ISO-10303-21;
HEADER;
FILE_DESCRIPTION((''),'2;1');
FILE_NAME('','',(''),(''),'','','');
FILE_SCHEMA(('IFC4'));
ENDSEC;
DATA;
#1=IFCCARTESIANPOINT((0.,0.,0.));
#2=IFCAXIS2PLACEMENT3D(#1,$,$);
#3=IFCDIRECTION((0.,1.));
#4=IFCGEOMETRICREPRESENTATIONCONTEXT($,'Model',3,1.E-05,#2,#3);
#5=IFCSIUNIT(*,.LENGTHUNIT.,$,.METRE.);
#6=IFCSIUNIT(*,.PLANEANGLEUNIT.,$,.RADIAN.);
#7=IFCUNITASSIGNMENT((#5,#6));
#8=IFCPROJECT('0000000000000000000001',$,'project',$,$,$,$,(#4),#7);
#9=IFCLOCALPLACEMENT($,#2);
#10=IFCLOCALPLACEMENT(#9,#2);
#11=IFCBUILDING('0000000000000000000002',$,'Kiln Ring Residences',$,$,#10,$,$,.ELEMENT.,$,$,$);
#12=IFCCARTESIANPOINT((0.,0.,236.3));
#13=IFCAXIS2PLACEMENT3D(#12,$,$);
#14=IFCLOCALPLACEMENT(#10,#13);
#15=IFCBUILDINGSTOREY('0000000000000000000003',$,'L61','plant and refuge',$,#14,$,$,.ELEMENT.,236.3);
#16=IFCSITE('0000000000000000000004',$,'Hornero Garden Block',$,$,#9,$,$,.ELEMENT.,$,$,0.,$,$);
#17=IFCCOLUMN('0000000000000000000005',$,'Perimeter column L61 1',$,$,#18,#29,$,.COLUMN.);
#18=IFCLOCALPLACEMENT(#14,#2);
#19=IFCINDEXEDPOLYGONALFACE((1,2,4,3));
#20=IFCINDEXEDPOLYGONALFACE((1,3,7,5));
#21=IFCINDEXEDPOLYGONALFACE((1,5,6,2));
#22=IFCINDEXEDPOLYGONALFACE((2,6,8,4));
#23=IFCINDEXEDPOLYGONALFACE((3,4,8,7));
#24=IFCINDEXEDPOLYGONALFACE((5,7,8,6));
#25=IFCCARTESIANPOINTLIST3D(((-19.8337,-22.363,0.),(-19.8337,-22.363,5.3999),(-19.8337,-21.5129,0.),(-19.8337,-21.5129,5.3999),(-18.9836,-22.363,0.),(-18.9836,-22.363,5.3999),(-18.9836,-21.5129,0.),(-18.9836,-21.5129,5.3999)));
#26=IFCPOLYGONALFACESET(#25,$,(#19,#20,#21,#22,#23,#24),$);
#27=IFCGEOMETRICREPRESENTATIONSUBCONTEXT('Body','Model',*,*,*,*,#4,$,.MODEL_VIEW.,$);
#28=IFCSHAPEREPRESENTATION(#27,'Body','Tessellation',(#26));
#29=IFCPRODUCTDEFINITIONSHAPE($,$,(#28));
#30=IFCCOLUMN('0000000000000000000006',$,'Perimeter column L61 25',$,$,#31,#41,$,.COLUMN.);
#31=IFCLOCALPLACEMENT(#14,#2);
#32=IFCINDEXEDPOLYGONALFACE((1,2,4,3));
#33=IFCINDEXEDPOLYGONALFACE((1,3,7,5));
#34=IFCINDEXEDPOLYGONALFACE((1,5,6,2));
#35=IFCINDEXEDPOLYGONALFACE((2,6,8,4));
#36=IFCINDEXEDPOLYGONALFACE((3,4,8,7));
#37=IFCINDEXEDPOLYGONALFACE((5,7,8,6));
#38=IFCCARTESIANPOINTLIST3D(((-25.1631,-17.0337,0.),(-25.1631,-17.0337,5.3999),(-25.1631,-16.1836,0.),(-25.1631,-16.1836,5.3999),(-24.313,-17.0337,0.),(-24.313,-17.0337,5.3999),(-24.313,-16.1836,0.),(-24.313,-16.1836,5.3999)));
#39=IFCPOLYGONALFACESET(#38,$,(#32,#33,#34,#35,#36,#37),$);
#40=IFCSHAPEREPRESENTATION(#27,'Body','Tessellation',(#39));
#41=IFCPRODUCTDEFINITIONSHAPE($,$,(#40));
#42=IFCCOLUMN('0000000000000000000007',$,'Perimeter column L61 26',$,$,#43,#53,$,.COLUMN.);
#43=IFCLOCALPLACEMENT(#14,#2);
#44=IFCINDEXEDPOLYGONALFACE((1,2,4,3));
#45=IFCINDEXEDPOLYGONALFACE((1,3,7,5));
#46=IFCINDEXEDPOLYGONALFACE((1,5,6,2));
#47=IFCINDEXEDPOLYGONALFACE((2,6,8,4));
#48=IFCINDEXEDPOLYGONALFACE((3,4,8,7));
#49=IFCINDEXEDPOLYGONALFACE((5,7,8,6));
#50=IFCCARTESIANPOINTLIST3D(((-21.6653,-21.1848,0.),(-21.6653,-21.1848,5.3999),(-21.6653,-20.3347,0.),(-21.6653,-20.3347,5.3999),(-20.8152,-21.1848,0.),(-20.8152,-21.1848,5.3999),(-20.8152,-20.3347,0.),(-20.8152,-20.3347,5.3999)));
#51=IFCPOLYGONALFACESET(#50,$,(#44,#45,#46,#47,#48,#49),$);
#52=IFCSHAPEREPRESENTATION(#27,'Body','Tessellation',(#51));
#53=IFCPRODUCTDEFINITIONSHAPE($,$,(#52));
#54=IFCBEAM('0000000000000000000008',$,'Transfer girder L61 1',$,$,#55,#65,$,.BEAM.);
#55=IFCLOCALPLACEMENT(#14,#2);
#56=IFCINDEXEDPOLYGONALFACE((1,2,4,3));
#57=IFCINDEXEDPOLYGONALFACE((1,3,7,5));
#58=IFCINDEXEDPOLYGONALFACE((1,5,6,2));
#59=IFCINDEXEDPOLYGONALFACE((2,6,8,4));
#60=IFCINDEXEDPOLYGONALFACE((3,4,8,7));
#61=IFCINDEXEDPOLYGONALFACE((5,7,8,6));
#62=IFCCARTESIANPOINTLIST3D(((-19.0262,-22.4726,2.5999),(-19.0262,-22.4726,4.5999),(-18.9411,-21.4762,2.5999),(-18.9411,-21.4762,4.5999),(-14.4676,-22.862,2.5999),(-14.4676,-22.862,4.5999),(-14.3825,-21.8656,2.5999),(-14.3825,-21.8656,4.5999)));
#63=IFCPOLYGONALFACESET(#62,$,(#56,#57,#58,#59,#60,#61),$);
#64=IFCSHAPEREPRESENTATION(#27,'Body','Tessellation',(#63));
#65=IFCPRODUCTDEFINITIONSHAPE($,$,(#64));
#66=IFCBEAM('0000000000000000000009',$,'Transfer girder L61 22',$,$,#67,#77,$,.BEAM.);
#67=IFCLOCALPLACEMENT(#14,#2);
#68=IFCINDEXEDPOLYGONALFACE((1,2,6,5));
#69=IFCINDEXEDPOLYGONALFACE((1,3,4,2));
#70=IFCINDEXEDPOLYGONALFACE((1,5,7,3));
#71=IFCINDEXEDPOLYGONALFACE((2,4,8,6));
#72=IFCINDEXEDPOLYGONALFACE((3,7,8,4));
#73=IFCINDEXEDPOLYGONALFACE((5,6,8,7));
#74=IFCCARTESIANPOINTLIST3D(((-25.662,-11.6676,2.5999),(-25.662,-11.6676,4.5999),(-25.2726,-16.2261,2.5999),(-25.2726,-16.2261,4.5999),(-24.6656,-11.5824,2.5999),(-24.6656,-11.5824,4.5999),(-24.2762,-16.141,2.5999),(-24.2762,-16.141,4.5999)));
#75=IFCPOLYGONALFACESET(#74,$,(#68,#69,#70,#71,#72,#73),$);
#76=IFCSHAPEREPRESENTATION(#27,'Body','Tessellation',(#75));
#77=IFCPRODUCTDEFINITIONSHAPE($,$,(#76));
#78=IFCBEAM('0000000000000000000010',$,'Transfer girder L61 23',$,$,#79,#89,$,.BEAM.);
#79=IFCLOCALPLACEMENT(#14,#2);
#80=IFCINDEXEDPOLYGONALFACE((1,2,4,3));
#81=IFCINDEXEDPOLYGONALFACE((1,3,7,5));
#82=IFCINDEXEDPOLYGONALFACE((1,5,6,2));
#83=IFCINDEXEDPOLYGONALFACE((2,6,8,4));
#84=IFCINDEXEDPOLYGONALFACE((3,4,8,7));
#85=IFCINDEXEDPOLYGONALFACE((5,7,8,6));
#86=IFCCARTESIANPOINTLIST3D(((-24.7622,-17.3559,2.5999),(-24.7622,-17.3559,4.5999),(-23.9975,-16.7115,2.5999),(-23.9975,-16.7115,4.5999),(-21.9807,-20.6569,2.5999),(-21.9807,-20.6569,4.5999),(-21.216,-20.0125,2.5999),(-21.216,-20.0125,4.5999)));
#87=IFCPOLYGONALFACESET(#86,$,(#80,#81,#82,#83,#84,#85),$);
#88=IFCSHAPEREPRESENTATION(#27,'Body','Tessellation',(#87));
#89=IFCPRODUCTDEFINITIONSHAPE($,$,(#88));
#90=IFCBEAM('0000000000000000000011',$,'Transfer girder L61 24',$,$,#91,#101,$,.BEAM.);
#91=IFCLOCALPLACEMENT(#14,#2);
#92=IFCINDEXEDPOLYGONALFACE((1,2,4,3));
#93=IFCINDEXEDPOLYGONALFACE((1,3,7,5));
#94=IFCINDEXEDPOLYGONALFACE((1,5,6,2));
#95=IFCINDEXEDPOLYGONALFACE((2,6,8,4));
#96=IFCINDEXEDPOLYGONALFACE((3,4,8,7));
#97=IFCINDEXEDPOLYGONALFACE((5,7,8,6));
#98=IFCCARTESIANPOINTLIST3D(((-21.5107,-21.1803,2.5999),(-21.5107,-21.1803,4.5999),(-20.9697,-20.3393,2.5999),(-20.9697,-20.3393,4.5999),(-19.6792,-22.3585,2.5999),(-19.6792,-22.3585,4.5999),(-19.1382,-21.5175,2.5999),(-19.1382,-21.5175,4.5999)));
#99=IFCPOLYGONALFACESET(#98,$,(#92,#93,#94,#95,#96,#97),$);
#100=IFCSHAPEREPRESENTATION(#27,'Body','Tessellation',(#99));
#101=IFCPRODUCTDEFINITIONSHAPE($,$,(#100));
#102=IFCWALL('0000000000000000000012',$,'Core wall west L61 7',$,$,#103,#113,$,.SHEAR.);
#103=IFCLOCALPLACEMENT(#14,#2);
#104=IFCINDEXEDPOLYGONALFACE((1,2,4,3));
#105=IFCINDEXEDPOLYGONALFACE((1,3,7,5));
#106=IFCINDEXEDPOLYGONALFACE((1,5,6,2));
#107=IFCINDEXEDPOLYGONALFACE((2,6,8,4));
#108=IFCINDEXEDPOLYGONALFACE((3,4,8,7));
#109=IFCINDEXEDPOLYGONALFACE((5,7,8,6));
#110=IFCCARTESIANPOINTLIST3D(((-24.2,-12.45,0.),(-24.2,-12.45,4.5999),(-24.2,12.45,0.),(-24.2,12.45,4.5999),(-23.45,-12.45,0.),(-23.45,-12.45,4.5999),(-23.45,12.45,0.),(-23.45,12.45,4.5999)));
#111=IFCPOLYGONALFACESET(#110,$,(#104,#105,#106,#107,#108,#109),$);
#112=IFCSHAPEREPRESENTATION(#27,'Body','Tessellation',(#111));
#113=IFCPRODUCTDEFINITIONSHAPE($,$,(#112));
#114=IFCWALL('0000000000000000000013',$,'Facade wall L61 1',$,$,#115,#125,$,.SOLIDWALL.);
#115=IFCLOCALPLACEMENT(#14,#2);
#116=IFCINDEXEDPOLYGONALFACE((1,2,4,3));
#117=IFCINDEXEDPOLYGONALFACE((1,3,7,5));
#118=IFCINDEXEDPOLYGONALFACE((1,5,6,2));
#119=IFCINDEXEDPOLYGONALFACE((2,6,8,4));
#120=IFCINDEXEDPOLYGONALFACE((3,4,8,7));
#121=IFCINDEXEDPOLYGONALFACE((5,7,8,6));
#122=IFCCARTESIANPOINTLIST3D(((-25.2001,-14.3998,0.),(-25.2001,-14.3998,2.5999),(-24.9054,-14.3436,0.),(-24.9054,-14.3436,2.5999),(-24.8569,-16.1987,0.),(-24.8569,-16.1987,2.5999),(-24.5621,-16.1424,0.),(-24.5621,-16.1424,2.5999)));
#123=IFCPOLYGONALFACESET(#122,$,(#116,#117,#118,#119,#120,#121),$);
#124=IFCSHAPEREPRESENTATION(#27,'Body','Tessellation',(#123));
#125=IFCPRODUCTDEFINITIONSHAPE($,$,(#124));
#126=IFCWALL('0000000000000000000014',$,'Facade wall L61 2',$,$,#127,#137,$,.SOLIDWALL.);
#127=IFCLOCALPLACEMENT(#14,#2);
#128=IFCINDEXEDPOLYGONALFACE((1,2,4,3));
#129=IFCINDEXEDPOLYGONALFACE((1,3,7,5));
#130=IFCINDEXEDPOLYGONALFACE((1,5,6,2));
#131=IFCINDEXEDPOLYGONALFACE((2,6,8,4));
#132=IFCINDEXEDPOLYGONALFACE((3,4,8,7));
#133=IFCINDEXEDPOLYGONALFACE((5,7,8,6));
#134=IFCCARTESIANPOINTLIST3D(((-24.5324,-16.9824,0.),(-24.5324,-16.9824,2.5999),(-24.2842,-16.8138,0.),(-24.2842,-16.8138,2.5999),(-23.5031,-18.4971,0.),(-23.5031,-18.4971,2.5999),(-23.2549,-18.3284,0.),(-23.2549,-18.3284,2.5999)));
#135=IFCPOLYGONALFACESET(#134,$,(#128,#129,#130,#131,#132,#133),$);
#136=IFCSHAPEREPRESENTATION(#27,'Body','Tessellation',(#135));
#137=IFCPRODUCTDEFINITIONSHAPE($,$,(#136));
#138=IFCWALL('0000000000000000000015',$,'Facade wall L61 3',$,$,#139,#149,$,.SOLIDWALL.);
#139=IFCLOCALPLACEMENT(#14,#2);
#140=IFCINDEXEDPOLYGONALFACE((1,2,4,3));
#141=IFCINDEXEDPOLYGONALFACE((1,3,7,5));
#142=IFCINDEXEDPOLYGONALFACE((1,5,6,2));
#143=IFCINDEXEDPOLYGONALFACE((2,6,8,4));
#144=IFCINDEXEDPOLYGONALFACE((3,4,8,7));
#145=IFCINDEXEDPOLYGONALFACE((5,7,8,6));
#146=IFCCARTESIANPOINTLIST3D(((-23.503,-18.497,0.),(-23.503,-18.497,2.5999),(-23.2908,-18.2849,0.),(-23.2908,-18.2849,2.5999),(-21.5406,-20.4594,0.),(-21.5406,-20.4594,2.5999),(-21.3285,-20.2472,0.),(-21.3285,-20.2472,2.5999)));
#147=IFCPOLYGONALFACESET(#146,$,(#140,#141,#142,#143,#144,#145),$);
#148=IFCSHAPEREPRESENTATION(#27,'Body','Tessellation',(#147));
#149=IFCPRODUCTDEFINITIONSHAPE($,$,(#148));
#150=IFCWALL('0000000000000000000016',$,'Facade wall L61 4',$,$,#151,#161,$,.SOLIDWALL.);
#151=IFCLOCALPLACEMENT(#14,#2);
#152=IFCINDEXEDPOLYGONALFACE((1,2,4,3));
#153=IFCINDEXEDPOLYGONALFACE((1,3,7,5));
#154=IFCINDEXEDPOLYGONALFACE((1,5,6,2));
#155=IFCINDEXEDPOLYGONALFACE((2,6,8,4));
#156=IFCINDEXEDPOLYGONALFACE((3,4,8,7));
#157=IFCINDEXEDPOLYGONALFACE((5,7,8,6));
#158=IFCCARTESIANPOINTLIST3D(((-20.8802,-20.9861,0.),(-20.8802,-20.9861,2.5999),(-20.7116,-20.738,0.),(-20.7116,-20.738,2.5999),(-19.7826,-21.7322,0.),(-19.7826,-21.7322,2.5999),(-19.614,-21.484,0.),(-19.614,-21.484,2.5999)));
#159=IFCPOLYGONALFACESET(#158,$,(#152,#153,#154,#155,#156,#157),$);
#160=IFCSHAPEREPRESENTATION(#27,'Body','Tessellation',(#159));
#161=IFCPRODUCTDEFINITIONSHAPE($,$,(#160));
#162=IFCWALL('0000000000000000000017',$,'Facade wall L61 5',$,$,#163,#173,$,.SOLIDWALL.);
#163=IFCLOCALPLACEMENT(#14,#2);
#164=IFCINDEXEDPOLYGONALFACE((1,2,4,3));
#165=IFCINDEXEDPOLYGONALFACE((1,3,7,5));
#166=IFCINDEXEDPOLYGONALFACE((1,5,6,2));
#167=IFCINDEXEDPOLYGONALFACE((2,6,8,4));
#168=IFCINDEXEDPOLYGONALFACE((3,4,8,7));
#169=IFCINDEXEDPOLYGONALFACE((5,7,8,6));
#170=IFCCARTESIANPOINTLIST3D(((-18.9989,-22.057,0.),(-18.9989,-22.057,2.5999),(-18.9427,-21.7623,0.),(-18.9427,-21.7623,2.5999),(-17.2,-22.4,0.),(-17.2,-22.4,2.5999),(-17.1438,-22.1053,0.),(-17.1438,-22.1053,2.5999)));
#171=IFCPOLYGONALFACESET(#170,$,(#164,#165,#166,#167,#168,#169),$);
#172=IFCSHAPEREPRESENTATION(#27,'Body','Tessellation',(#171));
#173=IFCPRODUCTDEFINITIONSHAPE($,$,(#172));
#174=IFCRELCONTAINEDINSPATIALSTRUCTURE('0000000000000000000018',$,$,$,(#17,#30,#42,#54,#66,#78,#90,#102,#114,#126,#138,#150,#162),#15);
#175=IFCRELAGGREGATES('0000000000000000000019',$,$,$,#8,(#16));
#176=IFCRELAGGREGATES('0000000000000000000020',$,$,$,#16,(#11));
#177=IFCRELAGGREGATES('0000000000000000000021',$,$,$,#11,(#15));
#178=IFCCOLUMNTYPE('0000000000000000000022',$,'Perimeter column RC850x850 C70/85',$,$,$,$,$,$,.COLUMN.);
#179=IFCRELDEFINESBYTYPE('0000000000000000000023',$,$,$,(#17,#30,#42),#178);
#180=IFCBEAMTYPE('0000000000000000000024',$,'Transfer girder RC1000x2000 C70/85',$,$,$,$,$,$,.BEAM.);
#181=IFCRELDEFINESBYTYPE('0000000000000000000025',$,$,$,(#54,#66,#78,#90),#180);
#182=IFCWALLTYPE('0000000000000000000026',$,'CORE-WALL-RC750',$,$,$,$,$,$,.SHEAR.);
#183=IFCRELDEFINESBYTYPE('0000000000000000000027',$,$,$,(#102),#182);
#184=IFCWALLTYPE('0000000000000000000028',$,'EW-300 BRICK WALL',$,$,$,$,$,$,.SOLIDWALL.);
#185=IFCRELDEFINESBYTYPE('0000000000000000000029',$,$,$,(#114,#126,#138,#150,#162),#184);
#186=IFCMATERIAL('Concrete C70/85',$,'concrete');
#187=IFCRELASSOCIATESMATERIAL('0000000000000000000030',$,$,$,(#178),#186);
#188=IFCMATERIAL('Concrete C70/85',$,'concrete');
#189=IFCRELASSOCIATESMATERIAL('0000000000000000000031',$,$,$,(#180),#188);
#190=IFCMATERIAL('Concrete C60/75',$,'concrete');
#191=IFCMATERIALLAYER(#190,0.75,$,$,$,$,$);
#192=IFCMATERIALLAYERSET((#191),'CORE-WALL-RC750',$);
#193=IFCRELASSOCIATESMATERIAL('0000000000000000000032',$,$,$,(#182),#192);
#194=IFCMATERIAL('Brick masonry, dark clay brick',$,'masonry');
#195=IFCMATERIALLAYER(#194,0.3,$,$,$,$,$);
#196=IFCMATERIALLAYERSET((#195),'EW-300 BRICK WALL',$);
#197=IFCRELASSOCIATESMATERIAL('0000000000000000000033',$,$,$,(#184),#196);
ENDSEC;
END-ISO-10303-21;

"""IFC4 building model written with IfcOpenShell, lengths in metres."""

from ifc_helpers import new_model, si_unit, direction, frame, frame_2d, origin, origin_2d, place, context, subcontext, project, spatial, rectangle, extrude, material, layer, layer_set, material_profile, profile_set, type_object, element, save


model = new_model("IFC4")

# Units and contexts
model_context = context("Model", 3, precision=1e-05, world=origin(), true_north=direction((0.0, 1.0)))
body_context = subcontext(model_context, "Body", "Model", "MODEL_VIEW")
ifc_project = project(units=[si_unit("LENGTHUNIT", "METRE"), si_unit("PLANEANGLEUNIT", "RADIAN")], contexts=[model_context])

# Site, building, storey
site_placement = place(None, origin())
site = spatial("IfcSite", under=ifc_project, at=site_placement, Name="Hornero Garden Block", CompositionType="ELEMENT", RefElevation=0.0)
building_placement = place(site_placement, origin())
building = spatial("IfcBuilding", under=site, at=building_placement, Name="Kiln Ring Residences", CompositionType="ELEMENT")
storey_placement = place(building_placement, frame((0.0, 0.0, 236.3)))
storey = spatial("IfcBuildingStorey", under=building, at=storey_placement, Name="L61", Description="plant and refuge", CompositionType="ELEMENT", Elevation=236.3)

# Columns
ifc_material_1 = material(Name="Concrete C70/85", Category="concrete")
ifc_material_profile_1 = material_profile(ifc_material_1, rectangle(XDim=0.8501, YDim=0.8501, at=origin_2d()), Name="RC850x850")
ifc_profile_set_1 = profile_set([ifc_material_profile_1], Name="Concrete C70/85")
column_type = type_object("IfcColumnType", Name="Perimeter column RC850x850 C70/85", PredefinedType="COLUMN", material=ifc_profile_set_1)
for number, where, z_axis, x_axis, name in (
    (1, (-19.4087, -21.938, 0.0), (0.0, 0.0, 1.0), (1.0, 0.0, 0.0), "Perimeter column L61 1"),
    (2, (-24.738, -16.6086, 0.0), (0.0, 0.0, 1.0), (1.0, 0.0, 0.0), "Perimeter column L61 25"),
    (3, (-21.2402, -20.7598, 0.0), (0.0, 0.0, 1.0), (1.0, 0.0, 0.0), "Perimeter column L61 26"),
):
    element("IfcColumn", number, at=place(storey_placement, frame(where, z_axis=z_axis, x_axis=x_axis)), inside=storey, type_object=column_type, Name=name, PredefinedType="COLUMN", context=body_context, shape_type="SweptSolid", body=[
        extrude(rectangle(XDim=0.8501, YDim=0.8501, at=origin_2d()), origin(), (0.0, 0.0, 1.0), 5.3999),
    ])

# Beams
ifc_material_2 = material(Name="Concrete C70/85", Category="concrete")
ifc_material_profile_2 = material_profile(ifc_material_2, rectangle(XDim=1.0, YDim=2.0, at=origin_2d()), Name="RC1000x2000")
ifc_profile_set_2 = profile_set([ifc_material_profile_2], Name="Concrete C70/85")
beam_type = type_object("IfcBeamType", Name="Transfer girder RC1000x2000 C70/85", PredefinedType="BEAM", material=ifc_profile_set_2)
for number, where, z_axis, x_axis, name in (
    (4, (-18.9836, -21.9744, 3.5999), (0.996371, -0.085112, 0.0), (0.085112, 0.996371, 0.0), "Transfer girder L61 1"),
    (5, (-25.1638, -11.625, 3.5999), (0.085112, -0.996371, 0.0), (0.996371, 0.085112, 0.0), "Transfer girder L61 22"),
):
    element("IfcBeam", number, at=place(storey_placement, frame(where, z_axis=z_axis, x_axis=x_axis)), inside=storey, type_object=beam_type, Name=name, PredefinedType="BEAM", context=body_context, shape_type="SweptSolid", body=[
        extrude(rectangle(XDim=1.0, YDim=2.0, at=origin_2d()), origin(), (0.0, 0.0, 1.0), 4.5752),
    ])
beam_1_placement = place(storey_placement, frame((-24.3799, -17.0337, 3.5999), z_axis=(0.644364, -0.764719, 0.0), x_axis=(0.764719, 0.644364, 0.0)))
element("IfcBeam", 6, at=beam_1_placement, inside=storey, type_object=beam_type, Name="Transfer girder L61 23", PredefinedType="BEAM", context=body_context, shape_type="SweptSolid", body=[
    extrude(rectangle(XDim=1.0, YDim=2.0, at=origin_2d()), origin(), (0.0, 0.0, 1.0), 4.3167),
])
beam_2_placement = place(storey_placement, frame((-21.2402, -20.7598, 3.5999), z_axis=(0.841011, -0.541018, 0.0), x_axis=(0.541018, 0.841011, 0.0)))
element("IfcBeam", 7, at=beam_2_placement, inside=storey, type_object=beam_type, Name="Transfer girder L61 24", PredefinedType="BEAM", context=body_context, shape_type="SweptSolid", body=[
    extrude(rectangle(XDim=1.0, YDim=2.0, at=origin_2d()), origin(), (0.0, 0.0, 1.0), 2.1777),
])

# Walls
ifc_material_3 = material(Name="Concrete C60/75", Category="concrete")
ifc_layer_1 = layer(ifc_material_3, 0.75)
ifc_layer_set_1 = layer_set([ifc_layer_1], Name="CORE-WALL-RC750")
wall_type_1 = type_object("IfcWallType", Name="CORE-WALL-RC750", PredefinedType="SHEAR", material=ifc_layer_set_1)
wall_1_placement = place(storey_placement, frame((-23.825, -12.45, 0.0), z_axis=(0.0, 0.0, 1.0), x_axis=(0.0, 1.0, 0.0)))
element("IfcWall", 8, at=wall_1_placement, inside=storey, type_object=wall_type_1, Name="Core wall west L61 7", PredefinedType="SHEAR", context=body_context, shape_type="SweptSolid", body=[
    extrude(rectangle(XDim=24.8999, YDim=0.75, at=frame_2d((12.45, 0.0))), origin(), (0.0, 0.0, 1.0), 4.5999),
])
ifc_material_4 = material(Name="Brick masonry, dark clay brick", Category="masonry")
ifc_layer_2 = layer(ifc_material_4, 0.3)
ifc_layer_set_2 = layer_set([ifc_layer_2], Name="EW-300 BRICK WALL")
wall_type_2 = type_object("IfcWallType", Name="EW-300 BRICK WALL", PredefinedType="SOLIDWALL", material=ifc_layer_set_2)
for number, where, z_axis, x_axis, name in (
    (9, (-25.0527, -14.3718, 0.0), (0.0, 0.0, 1.0), (0.187443, -0.982275, 0.0), "Facade wall L61 1"),
    (10, (-24.4082, -16.8982, 0.0), (0.0, 0.0, 1.0), (0.562062, -0.827095, 0.0), "Facade wall L61 2"),
):
    element("IfcWall", number, at=place(storey_placement, frame(where, z_axis=z_axis, x_axis=x_axis)), inside=storey, type_object=wall_type_2, Name=name, PredefinedType="SOLIDWALL", context=body_context, shape_type="SweptSolid", body=[
        extrude(rectangle(XDim=1.8313, YDim=0.3, at=frame_2d((0.9155, 0.0))), origin(), (0.0, 0.0, 1.0), 2.5999),
    ])
wall_2_placement = place(storey_placement, frame((-23.397, -18.3909, 0.0), z_axis=(0.0, 0.0, 1.0), x_axis=(0.707107, -0.707107, 0.0)))
element("IfcWall", 11, at=wall_2_placement, inside=storey, type_object=wall_type_2, Name="Facade wall L61 3", PredefinedType="SOLIDWALL", context=body_context, shape_type="SweptSolid", body=[
    extrude(rectangle(XDim=2.7751, YDim=0.3, at=frame_2d((1.3877, 0.0))), origin(), (0.0, 0.0, 1.0), 2.5999),
])
wall_3_placement = place(storey_placement, frame((-20.7959, -20.8621, 0.0), z_axis=(0.0, 0.0, 1.0), x_axis=(0.827036, -0.562149, 0.0)))
element("IfcWall", 12, at=wall_3_placement, inside=storey, type_object=wall_type_2, Name="Facade wall L61 4", PredefinedType="SOLIDWALL", context=body_context, shape_type="SweptSolid", body=[
    extrude(rectangle(XDim=1.3271, YDim=0.3, at=frame_2d((0.6636, 0.0))), origin(), (0.0, 0.0, 1.0), 2.5999),
])
wall_4_placement = place(storey_placement, frame((-18.9707, -21.9097, 0.0), z_axis=(0.0, 0.0, 1.0), x_axis=(0.9823, -0.187314, 0.0)))
element("IfcWall", 13, at=wall_4_placement, inside=storey, type_object=wall_type_2, Name="Facade wall L61 5", PredefinedType="SOLIDWALL", context=body_context, shape_type="SweptSolid", body=[
    extrude(rectangle(XDim=1.8313, YDim=0.3, at=frame_2d((0.9155, 0.0))), origin(), (0.0, 0.0, 1.0), 2.5999),
])

save(model, "model.ifc")
